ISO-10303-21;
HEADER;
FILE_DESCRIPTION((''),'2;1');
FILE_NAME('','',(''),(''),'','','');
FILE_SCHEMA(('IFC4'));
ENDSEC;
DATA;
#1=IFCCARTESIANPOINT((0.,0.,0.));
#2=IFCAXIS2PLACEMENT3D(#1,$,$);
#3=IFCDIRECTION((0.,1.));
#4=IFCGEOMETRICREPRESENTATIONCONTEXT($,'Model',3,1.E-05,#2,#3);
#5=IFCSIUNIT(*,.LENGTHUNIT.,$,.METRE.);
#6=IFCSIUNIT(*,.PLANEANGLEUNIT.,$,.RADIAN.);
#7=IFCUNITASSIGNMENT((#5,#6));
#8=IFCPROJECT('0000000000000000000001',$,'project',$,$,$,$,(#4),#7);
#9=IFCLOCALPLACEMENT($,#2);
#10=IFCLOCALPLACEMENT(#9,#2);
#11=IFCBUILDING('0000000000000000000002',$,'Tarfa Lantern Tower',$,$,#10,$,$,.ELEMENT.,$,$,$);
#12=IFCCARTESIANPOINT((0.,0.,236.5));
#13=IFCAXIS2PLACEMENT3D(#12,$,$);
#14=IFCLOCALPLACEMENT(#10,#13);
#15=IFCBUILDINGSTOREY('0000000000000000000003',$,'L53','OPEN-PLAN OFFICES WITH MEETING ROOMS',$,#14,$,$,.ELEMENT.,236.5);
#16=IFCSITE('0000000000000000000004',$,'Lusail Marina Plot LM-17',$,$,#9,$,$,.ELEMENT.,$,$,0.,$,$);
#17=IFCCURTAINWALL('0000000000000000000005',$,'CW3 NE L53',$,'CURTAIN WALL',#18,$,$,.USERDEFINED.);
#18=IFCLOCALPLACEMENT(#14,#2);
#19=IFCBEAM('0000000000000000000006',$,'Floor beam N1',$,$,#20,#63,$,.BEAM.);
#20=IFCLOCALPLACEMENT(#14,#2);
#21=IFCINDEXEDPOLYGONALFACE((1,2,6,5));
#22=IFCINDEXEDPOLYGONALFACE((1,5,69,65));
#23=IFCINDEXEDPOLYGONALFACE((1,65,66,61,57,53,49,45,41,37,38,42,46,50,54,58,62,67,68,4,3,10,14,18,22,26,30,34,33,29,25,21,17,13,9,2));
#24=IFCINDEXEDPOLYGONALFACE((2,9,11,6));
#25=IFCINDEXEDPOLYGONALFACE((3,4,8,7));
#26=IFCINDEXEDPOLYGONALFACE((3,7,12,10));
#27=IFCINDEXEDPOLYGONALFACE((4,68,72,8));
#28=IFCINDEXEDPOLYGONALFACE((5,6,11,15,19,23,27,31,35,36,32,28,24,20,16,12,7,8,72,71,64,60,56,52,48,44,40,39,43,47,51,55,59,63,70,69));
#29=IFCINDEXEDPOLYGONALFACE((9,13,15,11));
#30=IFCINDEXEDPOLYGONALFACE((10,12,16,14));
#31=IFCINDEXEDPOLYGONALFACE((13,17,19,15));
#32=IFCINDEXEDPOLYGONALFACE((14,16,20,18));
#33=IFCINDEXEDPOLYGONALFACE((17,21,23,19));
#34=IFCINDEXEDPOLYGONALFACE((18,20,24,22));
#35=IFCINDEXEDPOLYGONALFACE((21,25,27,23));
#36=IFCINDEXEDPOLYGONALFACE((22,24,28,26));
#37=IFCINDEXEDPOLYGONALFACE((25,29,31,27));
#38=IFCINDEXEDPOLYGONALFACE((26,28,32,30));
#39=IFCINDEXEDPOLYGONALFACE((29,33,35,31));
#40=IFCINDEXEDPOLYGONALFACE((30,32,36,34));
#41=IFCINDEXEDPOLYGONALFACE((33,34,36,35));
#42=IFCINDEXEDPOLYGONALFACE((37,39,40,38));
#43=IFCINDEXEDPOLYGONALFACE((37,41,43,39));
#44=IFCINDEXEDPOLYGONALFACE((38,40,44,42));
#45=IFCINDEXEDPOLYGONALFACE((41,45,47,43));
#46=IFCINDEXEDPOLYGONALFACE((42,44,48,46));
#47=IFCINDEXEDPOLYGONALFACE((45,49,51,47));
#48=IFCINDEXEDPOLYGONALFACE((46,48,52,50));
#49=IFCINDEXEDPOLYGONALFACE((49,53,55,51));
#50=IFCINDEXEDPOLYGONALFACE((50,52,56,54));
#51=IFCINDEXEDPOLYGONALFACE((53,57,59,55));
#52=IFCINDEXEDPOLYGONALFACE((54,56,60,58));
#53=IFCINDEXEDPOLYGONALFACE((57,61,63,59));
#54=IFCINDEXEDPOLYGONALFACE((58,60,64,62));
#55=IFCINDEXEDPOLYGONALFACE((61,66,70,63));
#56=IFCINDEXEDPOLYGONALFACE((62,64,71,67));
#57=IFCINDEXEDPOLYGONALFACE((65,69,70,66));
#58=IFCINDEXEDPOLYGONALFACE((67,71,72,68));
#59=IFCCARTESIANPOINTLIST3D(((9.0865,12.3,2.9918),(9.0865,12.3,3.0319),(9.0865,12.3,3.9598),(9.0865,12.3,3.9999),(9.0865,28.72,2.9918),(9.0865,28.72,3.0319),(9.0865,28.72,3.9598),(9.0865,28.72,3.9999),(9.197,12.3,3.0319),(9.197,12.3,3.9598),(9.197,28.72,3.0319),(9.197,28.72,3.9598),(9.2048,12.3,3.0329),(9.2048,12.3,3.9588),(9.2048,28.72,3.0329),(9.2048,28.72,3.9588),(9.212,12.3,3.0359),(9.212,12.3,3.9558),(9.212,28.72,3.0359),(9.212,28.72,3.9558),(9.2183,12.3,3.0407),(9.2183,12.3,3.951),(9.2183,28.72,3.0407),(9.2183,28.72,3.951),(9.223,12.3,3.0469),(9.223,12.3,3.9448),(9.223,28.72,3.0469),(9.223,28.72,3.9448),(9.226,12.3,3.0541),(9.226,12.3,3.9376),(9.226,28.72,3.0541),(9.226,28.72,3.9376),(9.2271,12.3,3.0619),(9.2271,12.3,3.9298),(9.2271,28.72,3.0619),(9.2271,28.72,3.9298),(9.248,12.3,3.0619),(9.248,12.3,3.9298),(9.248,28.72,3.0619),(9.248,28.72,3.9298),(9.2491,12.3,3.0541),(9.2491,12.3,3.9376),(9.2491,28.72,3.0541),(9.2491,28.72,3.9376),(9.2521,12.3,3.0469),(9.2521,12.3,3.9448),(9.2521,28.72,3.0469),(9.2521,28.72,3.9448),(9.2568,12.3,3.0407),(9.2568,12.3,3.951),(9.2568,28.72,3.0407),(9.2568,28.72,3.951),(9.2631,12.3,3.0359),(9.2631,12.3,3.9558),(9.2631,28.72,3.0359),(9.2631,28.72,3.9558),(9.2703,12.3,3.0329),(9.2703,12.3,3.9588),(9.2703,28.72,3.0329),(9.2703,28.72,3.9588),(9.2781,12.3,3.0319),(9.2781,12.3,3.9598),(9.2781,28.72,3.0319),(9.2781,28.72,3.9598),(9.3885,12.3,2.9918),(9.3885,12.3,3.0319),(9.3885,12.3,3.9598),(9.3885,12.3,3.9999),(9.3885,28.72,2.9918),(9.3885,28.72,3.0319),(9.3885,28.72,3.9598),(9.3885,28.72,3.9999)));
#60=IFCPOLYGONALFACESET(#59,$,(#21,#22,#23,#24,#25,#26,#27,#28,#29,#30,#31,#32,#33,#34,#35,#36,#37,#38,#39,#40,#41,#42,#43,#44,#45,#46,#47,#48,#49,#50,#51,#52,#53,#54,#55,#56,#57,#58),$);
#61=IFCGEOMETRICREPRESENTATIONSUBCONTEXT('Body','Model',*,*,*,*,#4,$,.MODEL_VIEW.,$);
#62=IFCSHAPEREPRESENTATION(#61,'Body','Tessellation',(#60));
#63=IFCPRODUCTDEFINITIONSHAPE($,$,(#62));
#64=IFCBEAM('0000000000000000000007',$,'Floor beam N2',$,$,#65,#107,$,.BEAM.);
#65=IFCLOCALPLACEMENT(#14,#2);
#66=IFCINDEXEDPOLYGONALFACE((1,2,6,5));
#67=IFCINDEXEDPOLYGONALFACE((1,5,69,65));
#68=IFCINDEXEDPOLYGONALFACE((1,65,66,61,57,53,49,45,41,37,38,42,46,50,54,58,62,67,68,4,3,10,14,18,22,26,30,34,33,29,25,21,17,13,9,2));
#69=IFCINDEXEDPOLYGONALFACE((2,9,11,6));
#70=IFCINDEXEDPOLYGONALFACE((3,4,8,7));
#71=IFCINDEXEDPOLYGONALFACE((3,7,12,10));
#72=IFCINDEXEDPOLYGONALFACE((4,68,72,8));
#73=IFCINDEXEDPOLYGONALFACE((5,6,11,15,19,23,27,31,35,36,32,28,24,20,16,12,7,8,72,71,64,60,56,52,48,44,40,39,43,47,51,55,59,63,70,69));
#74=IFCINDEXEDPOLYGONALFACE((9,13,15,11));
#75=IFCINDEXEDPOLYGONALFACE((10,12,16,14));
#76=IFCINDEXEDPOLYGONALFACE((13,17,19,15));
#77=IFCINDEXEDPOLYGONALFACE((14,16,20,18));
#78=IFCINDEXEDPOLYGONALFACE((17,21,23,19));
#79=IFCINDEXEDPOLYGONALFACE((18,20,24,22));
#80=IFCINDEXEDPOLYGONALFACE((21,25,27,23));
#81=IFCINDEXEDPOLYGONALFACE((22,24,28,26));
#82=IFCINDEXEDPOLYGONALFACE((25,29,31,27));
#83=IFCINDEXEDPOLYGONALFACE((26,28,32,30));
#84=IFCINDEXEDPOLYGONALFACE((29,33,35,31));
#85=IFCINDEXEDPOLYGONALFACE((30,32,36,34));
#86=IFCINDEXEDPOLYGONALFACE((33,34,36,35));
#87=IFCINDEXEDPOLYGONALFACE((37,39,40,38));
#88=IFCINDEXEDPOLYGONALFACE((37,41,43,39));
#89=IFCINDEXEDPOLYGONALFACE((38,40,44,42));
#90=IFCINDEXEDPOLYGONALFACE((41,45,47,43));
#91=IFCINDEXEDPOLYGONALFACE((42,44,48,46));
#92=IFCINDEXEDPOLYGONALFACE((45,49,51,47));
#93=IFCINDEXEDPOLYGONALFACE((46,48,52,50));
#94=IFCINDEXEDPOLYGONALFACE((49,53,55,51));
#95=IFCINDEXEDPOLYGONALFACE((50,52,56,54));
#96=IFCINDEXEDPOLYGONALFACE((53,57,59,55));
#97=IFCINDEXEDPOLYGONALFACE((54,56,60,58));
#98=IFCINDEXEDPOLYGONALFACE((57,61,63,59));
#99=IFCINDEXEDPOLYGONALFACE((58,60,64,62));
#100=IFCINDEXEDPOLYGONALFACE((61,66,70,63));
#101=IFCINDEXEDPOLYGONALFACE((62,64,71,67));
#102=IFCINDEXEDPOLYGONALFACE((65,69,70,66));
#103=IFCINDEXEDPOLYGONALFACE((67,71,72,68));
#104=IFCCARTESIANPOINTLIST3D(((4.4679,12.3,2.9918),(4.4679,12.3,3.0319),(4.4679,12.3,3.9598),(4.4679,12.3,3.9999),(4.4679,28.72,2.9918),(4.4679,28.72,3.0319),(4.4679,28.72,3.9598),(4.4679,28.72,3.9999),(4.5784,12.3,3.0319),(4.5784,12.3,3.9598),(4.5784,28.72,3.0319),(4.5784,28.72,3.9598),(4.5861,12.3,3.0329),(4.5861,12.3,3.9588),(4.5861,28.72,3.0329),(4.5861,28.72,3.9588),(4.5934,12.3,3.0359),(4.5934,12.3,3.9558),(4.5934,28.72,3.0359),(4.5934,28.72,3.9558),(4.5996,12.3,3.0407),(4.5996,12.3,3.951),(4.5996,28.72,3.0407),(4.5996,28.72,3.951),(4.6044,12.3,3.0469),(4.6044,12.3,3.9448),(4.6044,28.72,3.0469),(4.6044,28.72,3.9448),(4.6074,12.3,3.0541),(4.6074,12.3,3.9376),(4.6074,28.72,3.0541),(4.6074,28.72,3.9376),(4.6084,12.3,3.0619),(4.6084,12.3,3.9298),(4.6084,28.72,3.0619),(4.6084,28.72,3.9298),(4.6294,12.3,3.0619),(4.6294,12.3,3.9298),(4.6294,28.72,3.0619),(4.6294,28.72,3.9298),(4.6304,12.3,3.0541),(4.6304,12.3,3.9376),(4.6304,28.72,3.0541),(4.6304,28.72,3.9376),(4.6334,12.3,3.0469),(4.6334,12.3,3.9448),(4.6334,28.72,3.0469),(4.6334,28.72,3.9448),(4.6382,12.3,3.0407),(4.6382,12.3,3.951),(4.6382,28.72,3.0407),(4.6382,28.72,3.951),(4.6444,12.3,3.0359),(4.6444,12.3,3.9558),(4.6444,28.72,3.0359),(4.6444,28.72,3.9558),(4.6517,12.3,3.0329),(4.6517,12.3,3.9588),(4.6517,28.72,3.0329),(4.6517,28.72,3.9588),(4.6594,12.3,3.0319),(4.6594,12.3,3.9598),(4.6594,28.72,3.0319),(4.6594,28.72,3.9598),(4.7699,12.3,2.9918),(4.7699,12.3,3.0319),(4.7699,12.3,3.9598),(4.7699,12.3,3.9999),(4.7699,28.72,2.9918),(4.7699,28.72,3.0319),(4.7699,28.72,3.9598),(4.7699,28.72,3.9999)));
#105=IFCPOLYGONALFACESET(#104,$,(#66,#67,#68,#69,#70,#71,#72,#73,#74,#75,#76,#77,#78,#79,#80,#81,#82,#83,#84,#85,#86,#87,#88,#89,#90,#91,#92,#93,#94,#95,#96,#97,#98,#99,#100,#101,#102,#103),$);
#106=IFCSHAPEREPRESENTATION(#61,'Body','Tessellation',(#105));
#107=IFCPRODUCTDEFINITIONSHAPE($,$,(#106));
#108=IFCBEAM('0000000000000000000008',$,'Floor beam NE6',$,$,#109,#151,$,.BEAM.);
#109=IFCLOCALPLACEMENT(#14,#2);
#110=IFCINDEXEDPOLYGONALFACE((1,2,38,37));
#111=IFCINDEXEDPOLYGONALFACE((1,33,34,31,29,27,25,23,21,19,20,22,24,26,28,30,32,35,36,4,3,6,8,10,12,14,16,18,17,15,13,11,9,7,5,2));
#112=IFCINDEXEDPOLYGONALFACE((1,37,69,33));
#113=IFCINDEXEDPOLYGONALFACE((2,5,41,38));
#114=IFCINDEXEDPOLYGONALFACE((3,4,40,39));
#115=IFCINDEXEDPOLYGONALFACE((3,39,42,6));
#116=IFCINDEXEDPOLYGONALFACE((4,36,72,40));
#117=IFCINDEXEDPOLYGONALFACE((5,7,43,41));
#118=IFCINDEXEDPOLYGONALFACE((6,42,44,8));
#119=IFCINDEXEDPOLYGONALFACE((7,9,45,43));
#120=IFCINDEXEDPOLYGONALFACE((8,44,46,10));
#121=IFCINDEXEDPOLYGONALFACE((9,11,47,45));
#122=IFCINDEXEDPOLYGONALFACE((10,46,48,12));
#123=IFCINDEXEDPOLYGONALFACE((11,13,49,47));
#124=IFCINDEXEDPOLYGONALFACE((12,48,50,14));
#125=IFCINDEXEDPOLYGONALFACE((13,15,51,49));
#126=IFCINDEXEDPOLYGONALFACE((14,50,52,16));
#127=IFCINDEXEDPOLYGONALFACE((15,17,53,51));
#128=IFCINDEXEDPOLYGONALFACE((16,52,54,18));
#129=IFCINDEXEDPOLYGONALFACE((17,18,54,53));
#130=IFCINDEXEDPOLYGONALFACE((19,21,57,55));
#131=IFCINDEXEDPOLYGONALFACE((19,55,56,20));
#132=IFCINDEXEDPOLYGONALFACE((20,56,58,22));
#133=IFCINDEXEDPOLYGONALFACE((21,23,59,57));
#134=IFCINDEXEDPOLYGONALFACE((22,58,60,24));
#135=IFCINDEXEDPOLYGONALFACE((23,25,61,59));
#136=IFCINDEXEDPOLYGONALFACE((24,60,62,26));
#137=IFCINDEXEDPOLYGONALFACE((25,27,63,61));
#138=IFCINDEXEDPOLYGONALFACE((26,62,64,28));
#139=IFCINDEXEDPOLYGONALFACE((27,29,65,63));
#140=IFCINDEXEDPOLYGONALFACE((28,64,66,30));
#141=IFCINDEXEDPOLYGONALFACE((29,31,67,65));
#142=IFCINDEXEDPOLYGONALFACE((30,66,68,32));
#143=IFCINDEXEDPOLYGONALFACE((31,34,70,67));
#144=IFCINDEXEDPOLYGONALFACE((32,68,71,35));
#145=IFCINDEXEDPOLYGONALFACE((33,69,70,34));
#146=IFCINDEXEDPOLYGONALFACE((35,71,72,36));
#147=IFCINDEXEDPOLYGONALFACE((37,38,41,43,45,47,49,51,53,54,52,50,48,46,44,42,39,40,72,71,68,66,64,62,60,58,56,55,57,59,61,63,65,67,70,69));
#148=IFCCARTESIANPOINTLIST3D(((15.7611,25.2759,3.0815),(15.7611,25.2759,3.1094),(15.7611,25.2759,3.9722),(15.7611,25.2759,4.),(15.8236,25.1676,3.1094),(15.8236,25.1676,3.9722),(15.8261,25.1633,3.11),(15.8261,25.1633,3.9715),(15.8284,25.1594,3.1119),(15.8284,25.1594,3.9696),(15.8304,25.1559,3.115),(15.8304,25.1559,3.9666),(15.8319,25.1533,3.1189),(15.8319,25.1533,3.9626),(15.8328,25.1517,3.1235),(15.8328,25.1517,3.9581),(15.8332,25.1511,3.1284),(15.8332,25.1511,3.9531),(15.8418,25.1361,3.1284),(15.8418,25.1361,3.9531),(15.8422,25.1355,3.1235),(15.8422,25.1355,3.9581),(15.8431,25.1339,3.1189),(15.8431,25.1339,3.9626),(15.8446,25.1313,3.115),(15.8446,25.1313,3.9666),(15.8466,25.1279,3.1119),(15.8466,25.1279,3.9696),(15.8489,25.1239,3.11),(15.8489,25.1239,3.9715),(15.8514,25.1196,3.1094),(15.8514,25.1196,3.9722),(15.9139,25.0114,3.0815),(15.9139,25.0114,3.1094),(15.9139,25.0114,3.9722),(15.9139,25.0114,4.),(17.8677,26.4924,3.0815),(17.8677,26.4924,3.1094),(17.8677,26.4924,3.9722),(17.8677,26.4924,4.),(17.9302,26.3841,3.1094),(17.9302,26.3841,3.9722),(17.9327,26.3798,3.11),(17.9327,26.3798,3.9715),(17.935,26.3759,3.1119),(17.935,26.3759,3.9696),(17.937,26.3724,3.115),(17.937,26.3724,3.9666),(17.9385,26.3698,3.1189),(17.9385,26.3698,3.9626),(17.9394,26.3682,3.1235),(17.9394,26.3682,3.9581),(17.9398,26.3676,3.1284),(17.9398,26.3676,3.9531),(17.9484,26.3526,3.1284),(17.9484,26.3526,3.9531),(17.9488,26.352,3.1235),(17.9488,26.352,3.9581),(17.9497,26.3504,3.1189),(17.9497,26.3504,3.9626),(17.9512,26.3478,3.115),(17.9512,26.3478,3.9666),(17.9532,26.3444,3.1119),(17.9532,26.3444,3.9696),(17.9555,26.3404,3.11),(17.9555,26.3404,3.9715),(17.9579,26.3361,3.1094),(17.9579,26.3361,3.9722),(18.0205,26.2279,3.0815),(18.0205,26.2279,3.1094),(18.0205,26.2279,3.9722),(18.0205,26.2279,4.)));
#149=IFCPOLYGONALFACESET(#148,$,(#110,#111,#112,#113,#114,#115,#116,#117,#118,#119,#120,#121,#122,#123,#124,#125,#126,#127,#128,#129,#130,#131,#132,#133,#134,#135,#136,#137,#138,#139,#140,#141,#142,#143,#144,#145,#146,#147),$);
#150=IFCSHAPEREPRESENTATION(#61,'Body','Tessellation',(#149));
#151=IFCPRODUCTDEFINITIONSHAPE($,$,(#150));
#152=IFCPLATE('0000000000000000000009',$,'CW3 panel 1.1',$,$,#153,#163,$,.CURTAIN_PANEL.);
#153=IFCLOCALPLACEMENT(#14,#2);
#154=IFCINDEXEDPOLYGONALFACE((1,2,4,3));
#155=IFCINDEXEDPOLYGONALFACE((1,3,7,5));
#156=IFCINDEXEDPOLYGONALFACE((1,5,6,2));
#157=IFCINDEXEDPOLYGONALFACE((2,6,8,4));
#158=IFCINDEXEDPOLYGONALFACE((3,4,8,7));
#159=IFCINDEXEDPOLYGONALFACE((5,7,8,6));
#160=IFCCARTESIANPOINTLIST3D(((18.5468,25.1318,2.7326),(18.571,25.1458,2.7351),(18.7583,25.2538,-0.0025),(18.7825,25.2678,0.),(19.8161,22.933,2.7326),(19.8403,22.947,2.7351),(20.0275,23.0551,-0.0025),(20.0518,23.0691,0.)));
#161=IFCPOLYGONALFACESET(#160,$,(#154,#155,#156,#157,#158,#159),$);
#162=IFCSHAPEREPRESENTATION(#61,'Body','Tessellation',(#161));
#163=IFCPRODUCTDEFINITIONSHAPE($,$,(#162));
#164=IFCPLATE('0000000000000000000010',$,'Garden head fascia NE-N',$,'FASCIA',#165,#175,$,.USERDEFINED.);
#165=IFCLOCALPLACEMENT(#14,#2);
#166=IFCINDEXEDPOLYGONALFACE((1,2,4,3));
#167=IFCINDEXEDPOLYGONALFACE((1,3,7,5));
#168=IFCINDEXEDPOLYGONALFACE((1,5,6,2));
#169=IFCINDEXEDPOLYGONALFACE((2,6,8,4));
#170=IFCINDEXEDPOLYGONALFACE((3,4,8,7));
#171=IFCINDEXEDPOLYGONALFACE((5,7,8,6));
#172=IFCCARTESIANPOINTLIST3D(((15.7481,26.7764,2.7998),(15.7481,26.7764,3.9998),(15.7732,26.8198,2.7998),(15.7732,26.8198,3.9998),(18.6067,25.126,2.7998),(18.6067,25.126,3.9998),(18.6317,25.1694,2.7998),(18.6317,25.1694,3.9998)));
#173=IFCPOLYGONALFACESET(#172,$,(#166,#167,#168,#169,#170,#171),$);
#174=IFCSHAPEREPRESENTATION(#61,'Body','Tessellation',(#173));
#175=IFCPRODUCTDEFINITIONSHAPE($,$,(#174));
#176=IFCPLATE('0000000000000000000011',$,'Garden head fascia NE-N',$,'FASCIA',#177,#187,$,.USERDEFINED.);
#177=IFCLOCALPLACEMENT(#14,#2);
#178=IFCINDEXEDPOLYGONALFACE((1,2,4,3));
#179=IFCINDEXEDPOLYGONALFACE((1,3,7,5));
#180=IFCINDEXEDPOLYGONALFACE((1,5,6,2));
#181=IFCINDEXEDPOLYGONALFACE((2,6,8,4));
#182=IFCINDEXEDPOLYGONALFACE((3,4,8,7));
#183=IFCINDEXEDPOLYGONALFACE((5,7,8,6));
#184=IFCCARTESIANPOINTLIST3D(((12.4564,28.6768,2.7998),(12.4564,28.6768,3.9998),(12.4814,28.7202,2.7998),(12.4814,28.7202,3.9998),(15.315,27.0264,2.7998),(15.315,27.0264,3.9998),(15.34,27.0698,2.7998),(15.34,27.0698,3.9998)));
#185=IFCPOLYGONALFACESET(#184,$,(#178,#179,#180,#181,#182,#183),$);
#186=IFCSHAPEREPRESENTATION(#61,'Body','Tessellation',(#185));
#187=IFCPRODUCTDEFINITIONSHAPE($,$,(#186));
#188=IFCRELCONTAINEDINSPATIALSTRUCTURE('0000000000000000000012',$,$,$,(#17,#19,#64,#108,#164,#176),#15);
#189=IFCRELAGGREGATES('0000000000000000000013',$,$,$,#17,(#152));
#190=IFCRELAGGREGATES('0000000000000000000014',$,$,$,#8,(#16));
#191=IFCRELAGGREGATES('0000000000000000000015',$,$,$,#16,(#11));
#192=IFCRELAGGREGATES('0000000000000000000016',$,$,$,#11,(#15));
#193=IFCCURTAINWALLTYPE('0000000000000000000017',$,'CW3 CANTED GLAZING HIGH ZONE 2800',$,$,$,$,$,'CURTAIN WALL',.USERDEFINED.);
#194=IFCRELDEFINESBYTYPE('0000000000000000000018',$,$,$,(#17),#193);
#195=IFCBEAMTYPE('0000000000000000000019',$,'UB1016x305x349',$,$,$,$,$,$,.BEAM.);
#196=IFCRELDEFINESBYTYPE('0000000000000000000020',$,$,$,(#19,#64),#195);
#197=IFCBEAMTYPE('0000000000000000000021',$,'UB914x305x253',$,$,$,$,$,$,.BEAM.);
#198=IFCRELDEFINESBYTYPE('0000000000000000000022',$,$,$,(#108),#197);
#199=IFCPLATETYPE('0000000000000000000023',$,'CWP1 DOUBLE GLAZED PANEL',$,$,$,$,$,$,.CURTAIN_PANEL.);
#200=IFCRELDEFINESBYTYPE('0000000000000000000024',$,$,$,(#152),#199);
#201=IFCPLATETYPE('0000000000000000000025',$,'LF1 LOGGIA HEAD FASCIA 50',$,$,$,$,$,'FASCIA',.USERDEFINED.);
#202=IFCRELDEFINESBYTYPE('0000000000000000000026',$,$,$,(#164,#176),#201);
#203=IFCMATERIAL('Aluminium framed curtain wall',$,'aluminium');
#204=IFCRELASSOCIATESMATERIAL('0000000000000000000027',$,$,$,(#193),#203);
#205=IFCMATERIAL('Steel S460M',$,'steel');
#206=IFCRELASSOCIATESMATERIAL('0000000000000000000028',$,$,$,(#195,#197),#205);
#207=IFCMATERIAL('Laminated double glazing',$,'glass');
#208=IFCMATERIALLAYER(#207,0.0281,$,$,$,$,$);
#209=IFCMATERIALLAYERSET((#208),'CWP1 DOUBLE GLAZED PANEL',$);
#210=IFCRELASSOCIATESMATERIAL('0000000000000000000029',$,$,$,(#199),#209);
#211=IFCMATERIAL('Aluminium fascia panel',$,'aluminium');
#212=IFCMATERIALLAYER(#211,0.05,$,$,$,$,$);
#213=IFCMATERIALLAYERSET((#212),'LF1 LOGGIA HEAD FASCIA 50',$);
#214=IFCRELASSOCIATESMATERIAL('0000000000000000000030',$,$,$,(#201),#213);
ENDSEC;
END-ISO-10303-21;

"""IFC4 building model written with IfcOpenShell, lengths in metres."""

from ifc_helpers import new_model, si_unit, direction, frame, origin, origin_2d, place, context, subcontext, project, spatial, polyline, rectangle, i_section, outline, extrude, material, layer, layer_set, material_profile, profile_set, type_object, element, aggregate, save


model = new_model("IFC4")

# Units and contexts
model_context = context("Model", 3, precision=1e-05, world=origin(), true_north=direction((0.0, 1.0)))
body_context = subcontext(model_context, "Body", "Model", "MODEL_VIEW")
ifc_project = project(units=[si_unit("LENGTHUNIT", "METRE"), si_unit("PLANEANGLEUNIT", "RADIAN")], contexts=[model_context])

# Site, building, storey
site_placement = place(None, origin())
site = spatial("IfcSite", under=ifc_project, at=site_placement, Name="Lusail Marina Plot LM-17", CompositionType="ELEMENT", RefElevation=0.0)
building_placement = place(site_placement, origin())
building = spatial("IfcBuilding", under=site, at=building_placement, Name="Tarfa Lantern Tower", CompositionType="ELEMENT")
storey_placement = place(building_placement, frame((0.0, 0.0, 236.5)))
storey = spatial("IfcBuildingStorey", under=building, at=storey_placement, Name="L53", Description="OPEN-PLAN OFFICES WITH MEETING ROOMS", CompositionType="ELEMENT", Elevation=236.5)

# Curtain wall
ifc_material_1 = material(Name="Aluminium framed curtain wall", Category="aluminium")
curtain_wall_type = type_object("IfcCurtainWallType", Name="CW3 CANTED GLAZING HIGH ZONE 2800", ElementType="CURTAIN WALL", PredefinedType="USERDEFINED", material=ifc_material_1)
curtain_wall_placement = place(storey_placement, origin())
curtain_wall = element("IfcCurtainWall", 1, at=curtain_wall_placement, inside=storey, type_object=curtain_wall_type, Name="CW3 NE L53", ObjectType="CURTAIN WALL", PredefinedType="USERDEFINED")

# Beams
ifc_material_2 = material(Name="Steel S460M", Category="steel")
ifc_material_profile_1 = material_profile(ifc_material_2, i_section(OverallWidth=0.302, OverallDepth=1.0081, WebThickness=0.021, FlangeThickness=0.04, FilletRadius=0.03, at=origin_2d()), Name="UB1016x305x349")
ifc_profile_set_1 = profile_set([ifc_material_profile_1], Name="Steel S460M")
beam_type_1 = type_object("IfcBeamType", Name="UB1016x305x349", PredefinedType="BEAM", material=ifc_profile_set_1)
for number, where, z_axis, x_axis, name in (
    (2, (9.2375, 28.72, 3.4958), (0.0, -1.0, 0.0), (1.0, 0.0, 0.0), "Floor beam N1"),
    (3, (4.6189, 28.72, 3.4958), (0.0, -1.0, 0.0), (1.0, 0.0, 0.0), "Floor beam N2"),
):
    element("IfcBeam", number, at=place(storey_placement, frame(where, z_axis=z_axis, x_axis=x_axis)), inside=storey, type_object=beam_type_1, Name=name, PredefinedType="BEAM", context=body_context, shape_type="SweptSolid", body=[
        extrude(i_section(OverallWidth=0.302, OverallDepth=1.0081, WebThickness=0.021, FlangeThickness=0.04, FilletRadius=0.03, at=origin_2d()), origin(), (0.0, 0.0, 1.0), 16.4199),
    ])
ifc_material_profile_2 = material_profile(ifc_material_2, i_section(OverallWidth=0.3054, OverallDepth=0.9185, WebThickness=0.0173, FlangeThickness=0.0278, FilletRadius=0.019, at=origin_2d()), Name="UB914x305x253")
ifc_profile_set_2 = profile_set([ifc_material_profile_2], Name="Steel S460M")
beam_type_2 = type_object("IfcBeamType", Name="UB914x305x253", PredefinedType="BEAM", material=ifc_profile_set_2)
beam_1_placement = place(storey_placement, frame((17.9441, 26.3601, 3.5408), z_axis=(-0.86598, -0.500079, 0.0), x_axis=(0.500079, -0.86598, 0.0)))
element("IfcBeam", 4, at=beam_1_placement, inside=storey, type_object=beam_type_2, Name="Floor beam NE6", PredefinedType="BEAM", context=body_context, shape_type="SweptSolid", body=[
    extrude(i_section(OverallWidth=0.3054, OverallDepth=0.9185, WebThickness=0.0173, FlangeThickness=0.0278, FilletRadius=0.019, at=origin_2d()), origin(), (0.0, 0.0, 1.0), 2.4326),
])

# Plate
ifc_material_3 = material(Name="Laminated double glazing", Category="glass")
ifc_layer_1 = layer(ifc_material_3, 0.0281)
ifc_layer_set_1 = layer_set([ifc_layer_1], Name="CWP1 DOUBLE GLAZED PANEL")
plate_type_1 = type_object("IfcPlateType", Name="CWP1 DOUBLE GLAZED PANEL", PredefinedType="CURTAIN_PANEL", material=ifc_layer_set_1)
plate_1_placement = place(storey_placement, frame((20.0518, 23.0691, 0.0), z_axis=(0.862622, 0.497976, 0.088906), x_axis=(-0.499956, 0.866051, 0.0)))
plate_1 = element("IfcPlate", 5, at=plate_1_placement, type_object=plate_type_1, Name="CW3 panel 1.1", PredefinedType="CURTAIN_PANEL", context=body_context, shape_type="SweptSolid", body=[
    extrude(outline(polyline([(0.0, 0.0), (2.5388, 0.0), (2.5388, 2.746), (0.0, 2.746), (0.0, 0.0)])), origin(), (0.0, 0.0, -1.0), 0.0281),
])
aggregate(curtain_wall, [plate_1])

# Plates
ifc_material_4 = material(Name="Aluminium fascia panel", Category="aluminium")
ifc_layer_2 = layer(ifc_material_4, 0.05)
ifc_layer_set_2 = layer_set([ifc_layer_2], Name="LF1 LOGGIA HEAD FASCIA 50")
plate_type_2 = type_object("IfcPlateType", Name="LF1 LOGGIA HEAD FASCIA 50", ElementType="FASCIA", PredefinedType="USERDEFINED", material=ifc_layer_set_2)
for number, where, z_axis, x_axis, name in (
    (6, (17.1899, 25.9729, 2.7998), (0.0, 0.0, 1.0), (-0.866025, 0.5, 0.0), "Garden head fascia NE-N"),
    (7, (13.8982, 27.8733, 2.7998), (0.0, 0.0, 1.0), (-0.866025, 0.5, 0.0), "Garden head fascia NE-N"),
):
    element("IfcPlate", number, at=place(storey_placement, frame(where, z_axis=z_axis, x_axis=x_axis)), inside=storey, type_object=plate_type_2, Name=name, ObjectType="FASCIA", PredefinedType="USERDEFINED", context=body_context, shape_type="SweptSolid", body=[
        extrude(rectangle(XDim=3.3008, YDim=0.05, at=origin_2d()), origin(), (0.0, 0.0, 1.0), 1.2),
    ])

save(model, "model.ifc")
